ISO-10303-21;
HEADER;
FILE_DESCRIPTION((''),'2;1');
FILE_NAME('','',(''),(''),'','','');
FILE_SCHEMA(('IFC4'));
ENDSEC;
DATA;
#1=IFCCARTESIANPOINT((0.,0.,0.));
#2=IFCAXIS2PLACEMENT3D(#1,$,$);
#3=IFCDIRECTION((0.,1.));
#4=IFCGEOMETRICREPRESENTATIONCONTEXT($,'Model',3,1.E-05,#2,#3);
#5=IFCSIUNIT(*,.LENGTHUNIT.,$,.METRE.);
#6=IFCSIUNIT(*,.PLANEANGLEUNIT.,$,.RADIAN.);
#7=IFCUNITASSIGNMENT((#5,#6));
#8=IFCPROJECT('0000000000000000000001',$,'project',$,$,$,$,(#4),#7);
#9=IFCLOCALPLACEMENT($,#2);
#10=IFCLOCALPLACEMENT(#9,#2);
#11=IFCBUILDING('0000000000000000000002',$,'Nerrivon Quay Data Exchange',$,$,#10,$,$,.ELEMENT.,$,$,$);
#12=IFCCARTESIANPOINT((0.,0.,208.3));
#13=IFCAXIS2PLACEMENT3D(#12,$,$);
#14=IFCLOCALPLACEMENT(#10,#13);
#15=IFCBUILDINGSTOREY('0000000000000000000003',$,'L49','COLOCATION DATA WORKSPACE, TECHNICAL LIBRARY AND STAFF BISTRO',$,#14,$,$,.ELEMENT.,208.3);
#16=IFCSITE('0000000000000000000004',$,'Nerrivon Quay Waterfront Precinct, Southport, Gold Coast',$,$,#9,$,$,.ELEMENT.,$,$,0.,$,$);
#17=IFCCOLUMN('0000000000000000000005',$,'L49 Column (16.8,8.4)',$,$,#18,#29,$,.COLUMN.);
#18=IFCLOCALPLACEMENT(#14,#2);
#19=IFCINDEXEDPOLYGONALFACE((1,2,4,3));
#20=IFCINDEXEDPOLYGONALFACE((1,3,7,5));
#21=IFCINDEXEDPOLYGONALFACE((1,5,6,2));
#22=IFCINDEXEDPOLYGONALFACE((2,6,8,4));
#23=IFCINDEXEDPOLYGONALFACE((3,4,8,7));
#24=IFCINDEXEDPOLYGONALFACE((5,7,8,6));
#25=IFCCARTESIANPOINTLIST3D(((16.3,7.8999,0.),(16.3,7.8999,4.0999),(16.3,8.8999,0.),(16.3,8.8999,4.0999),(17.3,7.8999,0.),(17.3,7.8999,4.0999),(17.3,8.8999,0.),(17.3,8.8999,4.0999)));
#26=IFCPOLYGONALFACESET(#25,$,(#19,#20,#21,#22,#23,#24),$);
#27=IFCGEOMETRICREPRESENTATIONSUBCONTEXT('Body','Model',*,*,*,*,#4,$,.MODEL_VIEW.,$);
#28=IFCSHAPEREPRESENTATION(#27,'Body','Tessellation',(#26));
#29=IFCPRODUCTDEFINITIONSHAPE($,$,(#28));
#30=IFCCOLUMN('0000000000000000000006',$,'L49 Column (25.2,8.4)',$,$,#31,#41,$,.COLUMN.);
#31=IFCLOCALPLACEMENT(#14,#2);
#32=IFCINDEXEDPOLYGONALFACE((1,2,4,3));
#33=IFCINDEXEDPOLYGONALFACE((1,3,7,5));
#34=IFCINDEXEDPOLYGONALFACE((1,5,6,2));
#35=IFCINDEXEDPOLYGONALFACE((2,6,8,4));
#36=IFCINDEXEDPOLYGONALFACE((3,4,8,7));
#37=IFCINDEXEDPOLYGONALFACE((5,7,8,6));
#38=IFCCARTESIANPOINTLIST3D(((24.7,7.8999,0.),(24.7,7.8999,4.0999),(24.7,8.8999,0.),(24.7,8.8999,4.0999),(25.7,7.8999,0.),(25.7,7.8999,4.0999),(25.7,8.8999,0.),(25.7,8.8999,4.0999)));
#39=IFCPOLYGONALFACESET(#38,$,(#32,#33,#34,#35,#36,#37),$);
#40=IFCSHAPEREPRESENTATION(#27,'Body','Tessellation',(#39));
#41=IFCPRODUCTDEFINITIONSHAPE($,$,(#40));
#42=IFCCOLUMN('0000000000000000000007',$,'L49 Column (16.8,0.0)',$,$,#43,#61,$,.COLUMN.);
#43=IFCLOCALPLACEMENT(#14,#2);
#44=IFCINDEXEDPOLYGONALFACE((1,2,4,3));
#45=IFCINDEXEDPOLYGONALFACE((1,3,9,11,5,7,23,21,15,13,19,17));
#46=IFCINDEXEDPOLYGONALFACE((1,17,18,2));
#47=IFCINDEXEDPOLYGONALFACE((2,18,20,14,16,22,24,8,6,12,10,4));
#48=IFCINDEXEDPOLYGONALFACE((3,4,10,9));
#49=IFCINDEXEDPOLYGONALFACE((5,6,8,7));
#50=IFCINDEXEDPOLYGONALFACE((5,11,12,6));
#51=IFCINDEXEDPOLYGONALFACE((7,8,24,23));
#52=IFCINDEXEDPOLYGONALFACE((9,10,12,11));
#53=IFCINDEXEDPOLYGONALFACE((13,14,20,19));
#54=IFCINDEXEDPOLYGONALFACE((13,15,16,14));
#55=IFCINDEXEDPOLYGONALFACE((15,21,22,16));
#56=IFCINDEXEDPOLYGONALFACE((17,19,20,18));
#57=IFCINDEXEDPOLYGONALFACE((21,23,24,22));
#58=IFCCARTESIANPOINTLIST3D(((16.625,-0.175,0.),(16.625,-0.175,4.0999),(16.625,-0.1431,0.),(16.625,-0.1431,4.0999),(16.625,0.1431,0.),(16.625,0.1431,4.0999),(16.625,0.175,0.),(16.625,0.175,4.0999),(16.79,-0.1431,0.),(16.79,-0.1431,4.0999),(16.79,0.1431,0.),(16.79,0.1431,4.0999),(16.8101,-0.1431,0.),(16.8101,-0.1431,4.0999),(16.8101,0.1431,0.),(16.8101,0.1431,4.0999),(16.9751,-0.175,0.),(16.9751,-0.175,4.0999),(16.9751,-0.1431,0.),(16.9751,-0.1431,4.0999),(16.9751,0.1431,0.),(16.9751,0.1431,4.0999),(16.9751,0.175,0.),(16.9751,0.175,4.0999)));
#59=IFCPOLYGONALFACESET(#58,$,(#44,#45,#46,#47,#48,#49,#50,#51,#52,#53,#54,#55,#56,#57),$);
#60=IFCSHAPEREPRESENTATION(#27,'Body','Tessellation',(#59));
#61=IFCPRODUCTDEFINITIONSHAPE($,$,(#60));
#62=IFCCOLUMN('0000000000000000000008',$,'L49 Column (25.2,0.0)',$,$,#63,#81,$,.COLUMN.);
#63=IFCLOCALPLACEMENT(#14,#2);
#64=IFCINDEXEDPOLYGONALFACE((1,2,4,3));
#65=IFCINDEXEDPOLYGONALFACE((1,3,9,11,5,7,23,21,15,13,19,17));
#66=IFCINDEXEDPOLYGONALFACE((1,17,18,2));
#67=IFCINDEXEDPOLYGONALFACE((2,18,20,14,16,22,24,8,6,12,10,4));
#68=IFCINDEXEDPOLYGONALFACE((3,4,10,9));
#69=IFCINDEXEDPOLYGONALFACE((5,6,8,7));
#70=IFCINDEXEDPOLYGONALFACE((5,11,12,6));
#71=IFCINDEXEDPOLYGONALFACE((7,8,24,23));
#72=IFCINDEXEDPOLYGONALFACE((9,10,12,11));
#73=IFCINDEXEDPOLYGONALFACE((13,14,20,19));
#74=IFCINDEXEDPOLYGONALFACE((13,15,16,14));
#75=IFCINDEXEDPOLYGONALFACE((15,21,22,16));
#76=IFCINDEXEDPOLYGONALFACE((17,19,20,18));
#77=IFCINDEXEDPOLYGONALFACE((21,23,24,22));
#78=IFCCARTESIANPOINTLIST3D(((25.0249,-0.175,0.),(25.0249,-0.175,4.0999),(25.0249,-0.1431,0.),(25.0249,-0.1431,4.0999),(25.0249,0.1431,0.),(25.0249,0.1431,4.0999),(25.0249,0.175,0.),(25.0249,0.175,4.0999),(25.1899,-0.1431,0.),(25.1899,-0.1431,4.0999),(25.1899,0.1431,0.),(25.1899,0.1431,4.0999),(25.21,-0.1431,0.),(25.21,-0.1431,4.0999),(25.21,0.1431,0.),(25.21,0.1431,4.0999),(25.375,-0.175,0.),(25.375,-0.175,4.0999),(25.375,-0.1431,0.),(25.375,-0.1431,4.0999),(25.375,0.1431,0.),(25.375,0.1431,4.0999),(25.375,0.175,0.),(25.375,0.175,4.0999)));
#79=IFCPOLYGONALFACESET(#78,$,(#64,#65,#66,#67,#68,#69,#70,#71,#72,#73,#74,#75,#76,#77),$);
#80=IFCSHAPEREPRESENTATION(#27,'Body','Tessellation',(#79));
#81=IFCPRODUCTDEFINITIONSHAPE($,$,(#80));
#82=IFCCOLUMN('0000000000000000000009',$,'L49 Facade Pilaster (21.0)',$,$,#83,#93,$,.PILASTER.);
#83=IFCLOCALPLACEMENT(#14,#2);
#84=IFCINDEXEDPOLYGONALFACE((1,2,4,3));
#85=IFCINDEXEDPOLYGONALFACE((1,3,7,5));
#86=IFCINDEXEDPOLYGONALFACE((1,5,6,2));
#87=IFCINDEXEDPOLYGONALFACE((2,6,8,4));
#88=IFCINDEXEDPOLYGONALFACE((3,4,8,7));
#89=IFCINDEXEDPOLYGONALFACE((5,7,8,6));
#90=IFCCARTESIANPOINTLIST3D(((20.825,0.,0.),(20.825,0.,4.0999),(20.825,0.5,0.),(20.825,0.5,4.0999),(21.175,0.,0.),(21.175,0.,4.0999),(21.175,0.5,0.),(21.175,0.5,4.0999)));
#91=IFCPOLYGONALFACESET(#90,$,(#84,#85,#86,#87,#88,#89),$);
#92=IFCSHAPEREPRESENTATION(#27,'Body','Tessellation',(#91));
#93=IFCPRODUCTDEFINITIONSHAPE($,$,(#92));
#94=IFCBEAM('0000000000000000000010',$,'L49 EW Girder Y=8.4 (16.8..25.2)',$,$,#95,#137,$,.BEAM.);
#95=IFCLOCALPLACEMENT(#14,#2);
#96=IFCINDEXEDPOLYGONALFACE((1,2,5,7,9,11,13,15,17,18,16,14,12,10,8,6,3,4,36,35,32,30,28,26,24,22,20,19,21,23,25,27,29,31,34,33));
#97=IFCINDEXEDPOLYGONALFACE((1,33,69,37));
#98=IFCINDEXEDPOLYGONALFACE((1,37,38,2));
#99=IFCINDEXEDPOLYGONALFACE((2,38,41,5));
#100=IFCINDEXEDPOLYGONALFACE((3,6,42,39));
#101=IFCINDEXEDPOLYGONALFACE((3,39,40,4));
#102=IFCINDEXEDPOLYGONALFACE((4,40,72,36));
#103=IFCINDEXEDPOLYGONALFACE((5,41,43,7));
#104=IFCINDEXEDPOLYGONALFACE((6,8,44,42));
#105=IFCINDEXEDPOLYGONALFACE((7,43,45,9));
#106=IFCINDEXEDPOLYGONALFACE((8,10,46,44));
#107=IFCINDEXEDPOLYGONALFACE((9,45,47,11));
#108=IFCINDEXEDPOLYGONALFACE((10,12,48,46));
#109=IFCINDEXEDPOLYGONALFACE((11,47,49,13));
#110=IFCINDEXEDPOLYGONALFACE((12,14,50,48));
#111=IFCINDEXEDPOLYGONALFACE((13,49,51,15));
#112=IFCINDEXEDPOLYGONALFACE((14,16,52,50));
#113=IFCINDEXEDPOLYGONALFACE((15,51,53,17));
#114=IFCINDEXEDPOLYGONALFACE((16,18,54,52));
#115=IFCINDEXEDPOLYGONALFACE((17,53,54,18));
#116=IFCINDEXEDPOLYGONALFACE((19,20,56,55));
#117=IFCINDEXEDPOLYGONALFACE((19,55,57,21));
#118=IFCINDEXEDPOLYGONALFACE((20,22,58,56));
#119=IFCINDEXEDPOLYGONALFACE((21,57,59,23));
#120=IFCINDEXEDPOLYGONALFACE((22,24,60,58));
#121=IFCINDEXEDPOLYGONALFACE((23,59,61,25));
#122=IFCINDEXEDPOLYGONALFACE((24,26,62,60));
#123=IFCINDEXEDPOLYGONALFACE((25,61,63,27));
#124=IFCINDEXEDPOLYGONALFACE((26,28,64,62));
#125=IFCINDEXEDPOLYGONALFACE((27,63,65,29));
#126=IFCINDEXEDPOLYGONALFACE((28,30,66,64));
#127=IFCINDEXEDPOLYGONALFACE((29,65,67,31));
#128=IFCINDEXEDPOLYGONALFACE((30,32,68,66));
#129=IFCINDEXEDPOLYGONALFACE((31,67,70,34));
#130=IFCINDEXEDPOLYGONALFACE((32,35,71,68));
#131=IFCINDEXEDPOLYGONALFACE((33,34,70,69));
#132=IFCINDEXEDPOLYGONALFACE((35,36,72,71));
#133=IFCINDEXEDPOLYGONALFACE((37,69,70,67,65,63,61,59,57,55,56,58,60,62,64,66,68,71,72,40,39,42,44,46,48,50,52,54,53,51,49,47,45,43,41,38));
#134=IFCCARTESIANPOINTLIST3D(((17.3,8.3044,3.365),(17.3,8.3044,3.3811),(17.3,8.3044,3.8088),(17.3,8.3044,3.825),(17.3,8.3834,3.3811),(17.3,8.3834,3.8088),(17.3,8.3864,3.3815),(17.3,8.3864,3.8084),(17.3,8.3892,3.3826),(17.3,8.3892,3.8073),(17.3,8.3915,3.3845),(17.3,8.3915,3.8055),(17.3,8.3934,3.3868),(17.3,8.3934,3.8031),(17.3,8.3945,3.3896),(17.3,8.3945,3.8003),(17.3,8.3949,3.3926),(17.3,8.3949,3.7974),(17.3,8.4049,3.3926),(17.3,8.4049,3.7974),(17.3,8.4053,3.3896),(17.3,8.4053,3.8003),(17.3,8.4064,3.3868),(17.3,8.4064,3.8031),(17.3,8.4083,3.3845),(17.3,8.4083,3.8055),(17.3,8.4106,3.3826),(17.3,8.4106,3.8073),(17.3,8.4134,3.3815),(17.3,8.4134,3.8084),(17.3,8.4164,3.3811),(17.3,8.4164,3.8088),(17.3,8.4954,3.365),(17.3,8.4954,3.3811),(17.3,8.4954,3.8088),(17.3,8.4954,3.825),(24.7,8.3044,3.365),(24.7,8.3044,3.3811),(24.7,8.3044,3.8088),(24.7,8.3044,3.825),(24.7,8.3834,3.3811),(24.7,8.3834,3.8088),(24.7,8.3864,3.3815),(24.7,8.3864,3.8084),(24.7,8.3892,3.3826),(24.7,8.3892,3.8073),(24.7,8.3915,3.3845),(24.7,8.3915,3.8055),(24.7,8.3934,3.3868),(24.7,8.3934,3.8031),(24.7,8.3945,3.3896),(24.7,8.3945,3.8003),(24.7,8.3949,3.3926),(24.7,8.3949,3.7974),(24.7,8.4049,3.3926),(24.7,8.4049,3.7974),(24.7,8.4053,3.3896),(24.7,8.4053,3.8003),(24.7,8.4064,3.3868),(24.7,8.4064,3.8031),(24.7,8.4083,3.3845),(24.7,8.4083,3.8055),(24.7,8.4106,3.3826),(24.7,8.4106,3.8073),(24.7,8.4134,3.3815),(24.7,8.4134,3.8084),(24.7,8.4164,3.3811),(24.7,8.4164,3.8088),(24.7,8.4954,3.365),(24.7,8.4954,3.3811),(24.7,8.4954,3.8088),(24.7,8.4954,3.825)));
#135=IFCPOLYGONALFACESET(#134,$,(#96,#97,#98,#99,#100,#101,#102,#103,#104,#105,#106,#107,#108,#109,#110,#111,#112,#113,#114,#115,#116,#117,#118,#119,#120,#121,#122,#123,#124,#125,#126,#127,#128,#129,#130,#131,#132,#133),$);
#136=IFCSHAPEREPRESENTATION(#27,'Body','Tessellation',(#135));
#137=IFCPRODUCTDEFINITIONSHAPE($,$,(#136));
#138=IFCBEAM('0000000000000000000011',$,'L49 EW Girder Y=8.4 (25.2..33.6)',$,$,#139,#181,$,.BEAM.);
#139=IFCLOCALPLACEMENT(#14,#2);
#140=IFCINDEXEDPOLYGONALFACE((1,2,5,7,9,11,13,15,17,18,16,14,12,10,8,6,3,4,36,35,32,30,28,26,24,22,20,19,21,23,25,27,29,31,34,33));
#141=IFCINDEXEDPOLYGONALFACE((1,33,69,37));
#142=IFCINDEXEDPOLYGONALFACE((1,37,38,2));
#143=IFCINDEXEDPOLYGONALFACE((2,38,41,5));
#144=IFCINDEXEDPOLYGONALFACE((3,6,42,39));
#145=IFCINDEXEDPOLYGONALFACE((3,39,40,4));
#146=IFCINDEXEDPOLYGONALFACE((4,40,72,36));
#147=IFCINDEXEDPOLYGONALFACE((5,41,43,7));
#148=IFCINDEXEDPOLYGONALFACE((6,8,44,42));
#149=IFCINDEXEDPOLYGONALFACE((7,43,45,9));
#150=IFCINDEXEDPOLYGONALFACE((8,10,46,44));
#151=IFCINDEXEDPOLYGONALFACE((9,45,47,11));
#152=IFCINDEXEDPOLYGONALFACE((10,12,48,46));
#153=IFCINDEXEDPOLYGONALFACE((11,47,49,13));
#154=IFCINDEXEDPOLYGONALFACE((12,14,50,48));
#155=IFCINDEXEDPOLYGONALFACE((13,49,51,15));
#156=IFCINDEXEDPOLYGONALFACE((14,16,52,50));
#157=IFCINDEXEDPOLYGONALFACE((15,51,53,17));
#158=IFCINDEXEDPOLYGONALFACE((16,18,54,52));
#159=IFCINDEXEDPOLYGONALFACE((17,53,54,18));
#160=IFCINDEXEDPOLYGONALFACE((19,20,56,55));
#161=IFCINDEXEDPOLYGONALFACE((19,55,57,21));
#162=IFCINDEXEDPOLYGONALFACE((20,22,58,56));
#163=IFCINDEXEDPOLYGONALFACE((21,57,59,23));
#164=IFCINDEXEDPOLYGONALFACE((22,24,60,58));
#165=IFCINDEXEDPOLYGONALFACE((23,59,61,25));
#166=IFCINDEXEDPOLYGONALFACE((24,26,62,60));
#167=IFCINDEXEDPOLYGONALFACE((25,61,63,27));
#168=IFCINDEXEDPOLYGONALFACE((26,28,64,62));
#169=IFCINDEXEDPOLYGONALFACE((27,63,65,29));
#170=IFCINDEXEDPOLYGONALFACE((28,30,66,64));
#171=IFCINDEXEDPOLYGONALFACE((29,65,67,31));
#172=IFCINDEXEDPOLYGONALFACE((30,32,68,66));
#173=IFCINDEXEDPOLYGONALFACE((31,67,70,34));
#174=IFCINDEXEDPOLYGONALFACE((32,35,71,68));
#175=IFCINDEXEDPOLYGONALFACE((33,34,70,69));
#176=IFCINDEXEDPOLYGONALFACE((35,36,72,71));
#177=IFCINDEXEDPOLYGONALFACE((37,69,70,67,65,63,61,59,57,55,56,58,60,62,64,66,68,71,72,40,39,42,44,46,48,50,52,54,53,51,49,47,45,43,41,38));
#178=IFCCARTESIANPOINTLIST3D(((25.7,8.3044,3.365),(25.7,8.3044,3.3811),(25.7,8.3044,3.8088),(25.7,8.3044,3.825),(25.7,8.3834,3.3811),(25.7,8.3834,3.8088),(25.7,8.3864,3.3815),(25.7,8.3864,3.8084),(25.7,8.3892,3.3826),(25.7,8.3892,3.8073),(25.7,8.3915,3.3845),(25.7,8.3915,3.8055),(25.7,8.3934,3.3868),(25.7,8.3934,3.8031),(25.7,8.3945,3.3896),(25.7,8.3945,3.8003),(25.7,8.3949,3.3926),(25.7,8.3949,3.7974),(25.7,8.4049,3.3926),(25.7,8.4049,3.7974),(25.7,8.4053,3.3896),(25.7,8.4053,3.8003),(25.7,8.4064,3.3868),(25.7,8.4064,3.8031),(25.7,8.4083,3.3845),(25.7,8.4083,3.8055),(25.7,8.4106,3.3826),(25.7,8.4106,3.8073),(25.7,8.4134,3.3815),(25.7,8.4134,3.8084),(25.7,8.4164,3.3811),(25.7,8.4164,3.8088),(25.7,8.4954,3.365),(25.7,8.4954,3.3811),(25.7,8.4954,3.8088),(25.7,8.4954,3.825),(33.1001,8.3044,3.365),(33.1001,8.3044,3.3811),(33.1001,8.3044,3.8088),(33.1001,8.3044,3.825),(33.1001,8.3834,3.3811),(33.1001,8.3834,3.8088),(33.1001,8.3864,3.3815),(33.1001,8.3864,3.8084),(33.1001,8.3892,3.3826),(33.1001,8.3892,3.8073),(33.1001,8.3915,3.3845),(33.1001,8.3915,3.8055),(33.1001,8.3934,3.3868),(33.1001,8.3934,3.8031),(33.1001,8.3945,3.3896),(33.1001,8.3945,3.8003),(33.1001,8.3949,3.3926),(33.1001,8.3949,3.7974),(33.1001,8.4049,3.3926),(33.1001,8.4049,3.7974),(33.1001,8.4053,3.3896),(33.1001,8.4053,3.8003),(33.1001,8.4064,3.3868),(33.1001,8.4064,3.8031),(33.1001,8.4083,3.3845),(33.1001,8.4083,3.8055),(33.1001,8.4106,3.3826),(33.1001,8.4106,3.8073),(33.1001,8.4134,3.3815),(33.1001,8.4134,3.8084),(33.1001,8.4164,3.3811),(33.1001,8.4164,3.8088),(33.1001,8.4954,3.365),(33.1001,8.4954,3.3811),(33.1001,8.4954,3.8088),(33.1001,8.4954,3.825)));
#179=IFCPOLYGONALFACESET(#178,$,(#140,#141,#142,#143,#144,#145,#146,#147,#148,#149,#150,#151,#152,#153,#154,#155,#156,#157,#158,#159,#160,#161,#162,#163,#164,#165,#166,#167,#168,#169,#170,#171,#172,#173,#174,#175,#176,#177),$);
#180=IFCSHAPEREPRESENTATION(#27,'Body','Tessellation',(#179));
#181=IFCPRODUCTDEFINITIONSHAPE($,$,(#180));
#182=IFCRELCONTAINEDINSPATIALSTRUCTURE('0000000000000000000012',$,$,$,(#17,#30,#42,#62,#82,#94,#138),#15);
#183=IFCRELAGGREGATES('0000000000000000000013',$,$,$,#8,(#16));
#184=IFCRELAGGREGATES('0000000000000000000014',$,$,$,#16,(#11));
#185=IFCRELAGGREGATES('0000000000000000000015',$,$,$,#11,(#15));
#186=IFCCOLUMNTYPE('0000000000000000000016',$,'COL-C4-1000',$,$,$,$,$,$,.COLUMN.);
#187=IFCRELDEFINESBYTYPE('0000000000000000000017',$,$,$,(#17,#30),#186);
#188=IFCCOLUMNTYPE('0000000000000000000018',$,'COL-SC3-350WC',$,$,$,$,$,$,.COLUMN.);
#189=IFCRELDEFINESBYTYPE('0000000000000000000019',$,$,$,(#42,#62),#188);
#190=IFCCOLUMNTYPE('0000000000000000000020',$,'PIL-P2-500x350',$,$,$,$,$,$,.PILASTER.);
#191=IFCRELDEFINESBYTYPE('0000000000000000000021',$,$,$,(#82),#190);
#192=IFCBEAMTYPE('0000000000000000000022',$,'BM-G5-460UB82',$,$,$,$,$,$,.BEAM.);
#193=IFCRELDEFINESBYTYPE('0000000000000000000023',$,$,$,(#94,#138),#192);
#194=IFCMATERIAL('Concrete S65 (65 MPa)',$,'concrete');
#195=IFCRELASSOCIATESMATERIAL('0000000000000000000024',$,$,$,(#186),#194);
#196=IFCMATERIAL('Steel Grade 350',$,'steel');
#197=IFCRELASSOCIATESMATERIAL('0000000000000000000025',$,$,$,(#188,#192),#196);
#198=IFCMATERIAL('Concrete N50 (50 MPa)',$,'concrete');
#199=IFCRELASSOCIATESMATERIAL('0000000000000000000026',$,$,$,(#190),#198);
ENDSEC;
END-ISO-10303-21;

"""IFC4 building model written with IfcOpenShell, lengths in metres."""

from ifc_helpers import new_model, si_unit, direction, frame, origin, origin_2d, place, context, subcontext, project, spatial, rectangle, i_section, extrude, material, material_profile, profile_set, type_object, element, save


model = new_model("IFC4")

# Units and contexts
model_context = context("Model", 3, precision=1e-05, world=origin(), true_north=direction((0.0, 1.0)))
body_context = subcontext(model_context, "Body", "Model", "MODEL_VIEW")
ifc_project = project(units=[si_unit("LENGTHUNIT", "METRE"), si_unit("PLANEANGLEUNIT", "RADIAN")], contexts=[model_context])

# Site, building, storey
site_placement = place(None, origin())
site = spatial("IfcSite", under=ifc_project, at=site_placement, Name="Nerrivon Quay Waterfront Precinct, Southport, Gold Coast", CompositionType="ELEMENT", RefElevation=0.0)
building_placement = place(site_placement, origin())
building = spatial("IfcBuilding", under=site, at=building_placement, Name="Nerrivon Quay Data Exchange", CompositionType="ELEMENT")
storey_placement = place(building_placement, frame((0.0, 0.0, 208.3)))
storey = spatial("IfcBuildingStorey", under=building, at=storey_placement, Name="L49", Description="COLOCATION DATA WORKSPACE, TECHNICAL LIBRARY AND STAFF BISTRO", CompositionType="ELEMENT", Elevation=208.3)

# Columns
ifc_material_1 = material(Name="Concrete S65 (65 MPa)", Category="concrete")
ifc_material_profile_1 = material_profile(ifc_material_1, rectangle(XDim=1.0, YDim=1.0, at=origin_2d()), Name="RC-COL-1000x1000")
ifc_profile_set_1 = profile_set([ifc_material_profile_1], Name="Concrete S65 (65 MPa)")
column_type_1 = type_object("IfcColumnType", Name="COL-C4-1000", PredefinedType="COLUMN", material=ifc_profile_set_1)
for number, where, z_axis, x_axis, name in (
    (1, (16.8, 8.3999, 0.0), (0.0, 0.0, 1.0), (1.0, 0.0, 0.0), "L49 Column (16.8,8.4)"),
    (2, (25.2, 8.3999, 0.0), (0.0, 0.0, 1.0), (1.0, 0.0, 0.0), "L49 Column (25.2,8.4)"),
):
    element("IfcColumn", number, at=place(storey_placement, frame(where, z_axis=z_axis, x_axis=x_axis)), inside=storey, type_object=column_type_1, Name=name, PredefinedType="COLUMN", context=body_context, shape_type="SweptSolid", body=[
        extrude(rectangle(XDim=1.0, YDim=1.0, at=origin_2d()), origin(), (0.0, 0.0, 1.0), 4.0999),
    ])
ifc_material_2 = material(Name="Steel Grade 350", Category="steel")
ifc_material_profile_2 = material_profile(ifc_material_2, i_section(OverallWidth=0.3501, OverallDepth=0.3501, WebThickness=0.02, FlangeThickness=0.032, at=origin_2d()), Name="350WC230")
ifc_profile_set_2 = profile_set([ifc_material_profile_2], Name="Steel Grade 350")
column_type_2 = type_object("IfcColumnType", Name="COL-SC3-350WC", PredefinedType="COLUMN", material=ifc_profile_set_2)
for number, where, z_axis, x_axis, name in (
    (3, (16.8, 0.0, 0.0), (0.0, 0.0, 1.0), (1.0, 0.0, 0.0), "L49 Column (16.8,0.0)"),
    (4, (25.2, 0.0, 0.0), (0.0, 0.0, 1.0), (1.0, 0.0, 0.0), "L49 Column (25.2,0.0)"),
):
    element("IfcColumn", number, at=place(storey_placement, frame(where, z_axis=z_axis, x_axis=x_axis)), inside=storey, type_object=column_type_2, Name=name, PredefinedType="COLUMN", context=body_context, shape_type="SweptSolid", body=[
        extrude(i_section(OverallWidth=0.3501, OverallDepth=0.3501, WebThickness=0.02, FlangeThickness=0.032, at=origin_2d()), origin(), (0.0, 0.0, 1.0), 4.0999),
    ])
ifc_material_3 = material(Name="Concrete N50 (50 MPa)", Category="concrete")
ifc_material_profile_3 = material_profile(ifc_material_3, rectangle(XDim=0.3501, YDim=0.5, at=origin_2d()), Name="RC-PIL-500x350")
ifc_profile_set_3 = profile_set([ifc_material_profile_3], Name="Concrete N50 (50 MPa)")
column_type_3 = type_object("IfcColumnType", Name="PIL-P2-500x350", PredefinedType="PILASTER", material=ifc_profile_set_3)
column_placement = place(storey_placement, frame((21.0, 0.25, 0.0), z_axis=(0.0, 0.0, 1.0), x_axis=(1.0, 0.0, 0.0)))
element("IfcColumn", 5, at=column_placement, inside=storey, type_object=column_type_3, Name="L49 Facade Pilaster (21.0)", PredefinedType="PILASTER", context=body_context, shape_type="SweptSolid", body=[
    extrude(rectangle(XDim=0.3501, YDim=0.5, at=origin_2d()), origin(), (0.0, 0.0, 1.0), 4.0999),
])

# Beams
ifc_material_profile_4 = material_profile(ifc_material_2, i_section(OverallWidth=0.1909, OverallDepth=0.46, WebThickness=0.01, FlangeThickness=0.0161, FilletRadius=0.0115, at=origin_2d()), Name="460UB82.1")
ifc_profile_set_4 = profile_set([ifc_material_profile_4], Name="Steel Grade 350")
beam_type_1 = type_object("IfcBeamType", Name="BM-G5-460UB82", PredefinedType="BEAM", material=ifc_profile_set_4)
beam_1_placement = place(storey_placement, frame((17.3, 8.3999, 3.595), z_axis=(1.0, 0.0, 0.0), x_axis=(0.0, 1.0, 0.0)))
element("IfcBeam", 6, at=beam_1_placement, inside=storey, type_object=beam_type_1, Name="L49 EW Girder Y=8.4 (16.8..25.2)", PredefinedType="BEAM", context=body_context, shape_type="SweptSolid", body=[
    extrude(i_section(OverallWidth=0.1909, OverallDepth=0.46, WebThickness=0.01, FlangeThickness=0.0161, FilletRadius=0.0115, at=origin_2d()), origin(), (0.0, 0.0, 1.0), 7.3999),
])
beam_2_placement = place(storey_placement, frame((25.7, 8.3999, 3.595), z_axis=(1.0, 0.0, 0.0), x_axis=(0.0, 1.0, 0.0)))
element("IfcBeam", 7, at=beam_2_placement, inside=storey, type_object=beam_type_1, Name="L49 EW Girder Y=8.4 (25.2..33.6)", PredefinedType="BEAM", context=body_context, shape_type="SweptSolid", body=[
    extrude(i_section(OverallWidth=0.1909, OverallDepth=0.46, WebThickness=0.01, FlangeThickness=0.0161, FilletRadius=0.0115, at=origin_2d()), origin(), (0.0, 0.0, 1.0), 7.4001),
])

save(model, "model.ifc")
